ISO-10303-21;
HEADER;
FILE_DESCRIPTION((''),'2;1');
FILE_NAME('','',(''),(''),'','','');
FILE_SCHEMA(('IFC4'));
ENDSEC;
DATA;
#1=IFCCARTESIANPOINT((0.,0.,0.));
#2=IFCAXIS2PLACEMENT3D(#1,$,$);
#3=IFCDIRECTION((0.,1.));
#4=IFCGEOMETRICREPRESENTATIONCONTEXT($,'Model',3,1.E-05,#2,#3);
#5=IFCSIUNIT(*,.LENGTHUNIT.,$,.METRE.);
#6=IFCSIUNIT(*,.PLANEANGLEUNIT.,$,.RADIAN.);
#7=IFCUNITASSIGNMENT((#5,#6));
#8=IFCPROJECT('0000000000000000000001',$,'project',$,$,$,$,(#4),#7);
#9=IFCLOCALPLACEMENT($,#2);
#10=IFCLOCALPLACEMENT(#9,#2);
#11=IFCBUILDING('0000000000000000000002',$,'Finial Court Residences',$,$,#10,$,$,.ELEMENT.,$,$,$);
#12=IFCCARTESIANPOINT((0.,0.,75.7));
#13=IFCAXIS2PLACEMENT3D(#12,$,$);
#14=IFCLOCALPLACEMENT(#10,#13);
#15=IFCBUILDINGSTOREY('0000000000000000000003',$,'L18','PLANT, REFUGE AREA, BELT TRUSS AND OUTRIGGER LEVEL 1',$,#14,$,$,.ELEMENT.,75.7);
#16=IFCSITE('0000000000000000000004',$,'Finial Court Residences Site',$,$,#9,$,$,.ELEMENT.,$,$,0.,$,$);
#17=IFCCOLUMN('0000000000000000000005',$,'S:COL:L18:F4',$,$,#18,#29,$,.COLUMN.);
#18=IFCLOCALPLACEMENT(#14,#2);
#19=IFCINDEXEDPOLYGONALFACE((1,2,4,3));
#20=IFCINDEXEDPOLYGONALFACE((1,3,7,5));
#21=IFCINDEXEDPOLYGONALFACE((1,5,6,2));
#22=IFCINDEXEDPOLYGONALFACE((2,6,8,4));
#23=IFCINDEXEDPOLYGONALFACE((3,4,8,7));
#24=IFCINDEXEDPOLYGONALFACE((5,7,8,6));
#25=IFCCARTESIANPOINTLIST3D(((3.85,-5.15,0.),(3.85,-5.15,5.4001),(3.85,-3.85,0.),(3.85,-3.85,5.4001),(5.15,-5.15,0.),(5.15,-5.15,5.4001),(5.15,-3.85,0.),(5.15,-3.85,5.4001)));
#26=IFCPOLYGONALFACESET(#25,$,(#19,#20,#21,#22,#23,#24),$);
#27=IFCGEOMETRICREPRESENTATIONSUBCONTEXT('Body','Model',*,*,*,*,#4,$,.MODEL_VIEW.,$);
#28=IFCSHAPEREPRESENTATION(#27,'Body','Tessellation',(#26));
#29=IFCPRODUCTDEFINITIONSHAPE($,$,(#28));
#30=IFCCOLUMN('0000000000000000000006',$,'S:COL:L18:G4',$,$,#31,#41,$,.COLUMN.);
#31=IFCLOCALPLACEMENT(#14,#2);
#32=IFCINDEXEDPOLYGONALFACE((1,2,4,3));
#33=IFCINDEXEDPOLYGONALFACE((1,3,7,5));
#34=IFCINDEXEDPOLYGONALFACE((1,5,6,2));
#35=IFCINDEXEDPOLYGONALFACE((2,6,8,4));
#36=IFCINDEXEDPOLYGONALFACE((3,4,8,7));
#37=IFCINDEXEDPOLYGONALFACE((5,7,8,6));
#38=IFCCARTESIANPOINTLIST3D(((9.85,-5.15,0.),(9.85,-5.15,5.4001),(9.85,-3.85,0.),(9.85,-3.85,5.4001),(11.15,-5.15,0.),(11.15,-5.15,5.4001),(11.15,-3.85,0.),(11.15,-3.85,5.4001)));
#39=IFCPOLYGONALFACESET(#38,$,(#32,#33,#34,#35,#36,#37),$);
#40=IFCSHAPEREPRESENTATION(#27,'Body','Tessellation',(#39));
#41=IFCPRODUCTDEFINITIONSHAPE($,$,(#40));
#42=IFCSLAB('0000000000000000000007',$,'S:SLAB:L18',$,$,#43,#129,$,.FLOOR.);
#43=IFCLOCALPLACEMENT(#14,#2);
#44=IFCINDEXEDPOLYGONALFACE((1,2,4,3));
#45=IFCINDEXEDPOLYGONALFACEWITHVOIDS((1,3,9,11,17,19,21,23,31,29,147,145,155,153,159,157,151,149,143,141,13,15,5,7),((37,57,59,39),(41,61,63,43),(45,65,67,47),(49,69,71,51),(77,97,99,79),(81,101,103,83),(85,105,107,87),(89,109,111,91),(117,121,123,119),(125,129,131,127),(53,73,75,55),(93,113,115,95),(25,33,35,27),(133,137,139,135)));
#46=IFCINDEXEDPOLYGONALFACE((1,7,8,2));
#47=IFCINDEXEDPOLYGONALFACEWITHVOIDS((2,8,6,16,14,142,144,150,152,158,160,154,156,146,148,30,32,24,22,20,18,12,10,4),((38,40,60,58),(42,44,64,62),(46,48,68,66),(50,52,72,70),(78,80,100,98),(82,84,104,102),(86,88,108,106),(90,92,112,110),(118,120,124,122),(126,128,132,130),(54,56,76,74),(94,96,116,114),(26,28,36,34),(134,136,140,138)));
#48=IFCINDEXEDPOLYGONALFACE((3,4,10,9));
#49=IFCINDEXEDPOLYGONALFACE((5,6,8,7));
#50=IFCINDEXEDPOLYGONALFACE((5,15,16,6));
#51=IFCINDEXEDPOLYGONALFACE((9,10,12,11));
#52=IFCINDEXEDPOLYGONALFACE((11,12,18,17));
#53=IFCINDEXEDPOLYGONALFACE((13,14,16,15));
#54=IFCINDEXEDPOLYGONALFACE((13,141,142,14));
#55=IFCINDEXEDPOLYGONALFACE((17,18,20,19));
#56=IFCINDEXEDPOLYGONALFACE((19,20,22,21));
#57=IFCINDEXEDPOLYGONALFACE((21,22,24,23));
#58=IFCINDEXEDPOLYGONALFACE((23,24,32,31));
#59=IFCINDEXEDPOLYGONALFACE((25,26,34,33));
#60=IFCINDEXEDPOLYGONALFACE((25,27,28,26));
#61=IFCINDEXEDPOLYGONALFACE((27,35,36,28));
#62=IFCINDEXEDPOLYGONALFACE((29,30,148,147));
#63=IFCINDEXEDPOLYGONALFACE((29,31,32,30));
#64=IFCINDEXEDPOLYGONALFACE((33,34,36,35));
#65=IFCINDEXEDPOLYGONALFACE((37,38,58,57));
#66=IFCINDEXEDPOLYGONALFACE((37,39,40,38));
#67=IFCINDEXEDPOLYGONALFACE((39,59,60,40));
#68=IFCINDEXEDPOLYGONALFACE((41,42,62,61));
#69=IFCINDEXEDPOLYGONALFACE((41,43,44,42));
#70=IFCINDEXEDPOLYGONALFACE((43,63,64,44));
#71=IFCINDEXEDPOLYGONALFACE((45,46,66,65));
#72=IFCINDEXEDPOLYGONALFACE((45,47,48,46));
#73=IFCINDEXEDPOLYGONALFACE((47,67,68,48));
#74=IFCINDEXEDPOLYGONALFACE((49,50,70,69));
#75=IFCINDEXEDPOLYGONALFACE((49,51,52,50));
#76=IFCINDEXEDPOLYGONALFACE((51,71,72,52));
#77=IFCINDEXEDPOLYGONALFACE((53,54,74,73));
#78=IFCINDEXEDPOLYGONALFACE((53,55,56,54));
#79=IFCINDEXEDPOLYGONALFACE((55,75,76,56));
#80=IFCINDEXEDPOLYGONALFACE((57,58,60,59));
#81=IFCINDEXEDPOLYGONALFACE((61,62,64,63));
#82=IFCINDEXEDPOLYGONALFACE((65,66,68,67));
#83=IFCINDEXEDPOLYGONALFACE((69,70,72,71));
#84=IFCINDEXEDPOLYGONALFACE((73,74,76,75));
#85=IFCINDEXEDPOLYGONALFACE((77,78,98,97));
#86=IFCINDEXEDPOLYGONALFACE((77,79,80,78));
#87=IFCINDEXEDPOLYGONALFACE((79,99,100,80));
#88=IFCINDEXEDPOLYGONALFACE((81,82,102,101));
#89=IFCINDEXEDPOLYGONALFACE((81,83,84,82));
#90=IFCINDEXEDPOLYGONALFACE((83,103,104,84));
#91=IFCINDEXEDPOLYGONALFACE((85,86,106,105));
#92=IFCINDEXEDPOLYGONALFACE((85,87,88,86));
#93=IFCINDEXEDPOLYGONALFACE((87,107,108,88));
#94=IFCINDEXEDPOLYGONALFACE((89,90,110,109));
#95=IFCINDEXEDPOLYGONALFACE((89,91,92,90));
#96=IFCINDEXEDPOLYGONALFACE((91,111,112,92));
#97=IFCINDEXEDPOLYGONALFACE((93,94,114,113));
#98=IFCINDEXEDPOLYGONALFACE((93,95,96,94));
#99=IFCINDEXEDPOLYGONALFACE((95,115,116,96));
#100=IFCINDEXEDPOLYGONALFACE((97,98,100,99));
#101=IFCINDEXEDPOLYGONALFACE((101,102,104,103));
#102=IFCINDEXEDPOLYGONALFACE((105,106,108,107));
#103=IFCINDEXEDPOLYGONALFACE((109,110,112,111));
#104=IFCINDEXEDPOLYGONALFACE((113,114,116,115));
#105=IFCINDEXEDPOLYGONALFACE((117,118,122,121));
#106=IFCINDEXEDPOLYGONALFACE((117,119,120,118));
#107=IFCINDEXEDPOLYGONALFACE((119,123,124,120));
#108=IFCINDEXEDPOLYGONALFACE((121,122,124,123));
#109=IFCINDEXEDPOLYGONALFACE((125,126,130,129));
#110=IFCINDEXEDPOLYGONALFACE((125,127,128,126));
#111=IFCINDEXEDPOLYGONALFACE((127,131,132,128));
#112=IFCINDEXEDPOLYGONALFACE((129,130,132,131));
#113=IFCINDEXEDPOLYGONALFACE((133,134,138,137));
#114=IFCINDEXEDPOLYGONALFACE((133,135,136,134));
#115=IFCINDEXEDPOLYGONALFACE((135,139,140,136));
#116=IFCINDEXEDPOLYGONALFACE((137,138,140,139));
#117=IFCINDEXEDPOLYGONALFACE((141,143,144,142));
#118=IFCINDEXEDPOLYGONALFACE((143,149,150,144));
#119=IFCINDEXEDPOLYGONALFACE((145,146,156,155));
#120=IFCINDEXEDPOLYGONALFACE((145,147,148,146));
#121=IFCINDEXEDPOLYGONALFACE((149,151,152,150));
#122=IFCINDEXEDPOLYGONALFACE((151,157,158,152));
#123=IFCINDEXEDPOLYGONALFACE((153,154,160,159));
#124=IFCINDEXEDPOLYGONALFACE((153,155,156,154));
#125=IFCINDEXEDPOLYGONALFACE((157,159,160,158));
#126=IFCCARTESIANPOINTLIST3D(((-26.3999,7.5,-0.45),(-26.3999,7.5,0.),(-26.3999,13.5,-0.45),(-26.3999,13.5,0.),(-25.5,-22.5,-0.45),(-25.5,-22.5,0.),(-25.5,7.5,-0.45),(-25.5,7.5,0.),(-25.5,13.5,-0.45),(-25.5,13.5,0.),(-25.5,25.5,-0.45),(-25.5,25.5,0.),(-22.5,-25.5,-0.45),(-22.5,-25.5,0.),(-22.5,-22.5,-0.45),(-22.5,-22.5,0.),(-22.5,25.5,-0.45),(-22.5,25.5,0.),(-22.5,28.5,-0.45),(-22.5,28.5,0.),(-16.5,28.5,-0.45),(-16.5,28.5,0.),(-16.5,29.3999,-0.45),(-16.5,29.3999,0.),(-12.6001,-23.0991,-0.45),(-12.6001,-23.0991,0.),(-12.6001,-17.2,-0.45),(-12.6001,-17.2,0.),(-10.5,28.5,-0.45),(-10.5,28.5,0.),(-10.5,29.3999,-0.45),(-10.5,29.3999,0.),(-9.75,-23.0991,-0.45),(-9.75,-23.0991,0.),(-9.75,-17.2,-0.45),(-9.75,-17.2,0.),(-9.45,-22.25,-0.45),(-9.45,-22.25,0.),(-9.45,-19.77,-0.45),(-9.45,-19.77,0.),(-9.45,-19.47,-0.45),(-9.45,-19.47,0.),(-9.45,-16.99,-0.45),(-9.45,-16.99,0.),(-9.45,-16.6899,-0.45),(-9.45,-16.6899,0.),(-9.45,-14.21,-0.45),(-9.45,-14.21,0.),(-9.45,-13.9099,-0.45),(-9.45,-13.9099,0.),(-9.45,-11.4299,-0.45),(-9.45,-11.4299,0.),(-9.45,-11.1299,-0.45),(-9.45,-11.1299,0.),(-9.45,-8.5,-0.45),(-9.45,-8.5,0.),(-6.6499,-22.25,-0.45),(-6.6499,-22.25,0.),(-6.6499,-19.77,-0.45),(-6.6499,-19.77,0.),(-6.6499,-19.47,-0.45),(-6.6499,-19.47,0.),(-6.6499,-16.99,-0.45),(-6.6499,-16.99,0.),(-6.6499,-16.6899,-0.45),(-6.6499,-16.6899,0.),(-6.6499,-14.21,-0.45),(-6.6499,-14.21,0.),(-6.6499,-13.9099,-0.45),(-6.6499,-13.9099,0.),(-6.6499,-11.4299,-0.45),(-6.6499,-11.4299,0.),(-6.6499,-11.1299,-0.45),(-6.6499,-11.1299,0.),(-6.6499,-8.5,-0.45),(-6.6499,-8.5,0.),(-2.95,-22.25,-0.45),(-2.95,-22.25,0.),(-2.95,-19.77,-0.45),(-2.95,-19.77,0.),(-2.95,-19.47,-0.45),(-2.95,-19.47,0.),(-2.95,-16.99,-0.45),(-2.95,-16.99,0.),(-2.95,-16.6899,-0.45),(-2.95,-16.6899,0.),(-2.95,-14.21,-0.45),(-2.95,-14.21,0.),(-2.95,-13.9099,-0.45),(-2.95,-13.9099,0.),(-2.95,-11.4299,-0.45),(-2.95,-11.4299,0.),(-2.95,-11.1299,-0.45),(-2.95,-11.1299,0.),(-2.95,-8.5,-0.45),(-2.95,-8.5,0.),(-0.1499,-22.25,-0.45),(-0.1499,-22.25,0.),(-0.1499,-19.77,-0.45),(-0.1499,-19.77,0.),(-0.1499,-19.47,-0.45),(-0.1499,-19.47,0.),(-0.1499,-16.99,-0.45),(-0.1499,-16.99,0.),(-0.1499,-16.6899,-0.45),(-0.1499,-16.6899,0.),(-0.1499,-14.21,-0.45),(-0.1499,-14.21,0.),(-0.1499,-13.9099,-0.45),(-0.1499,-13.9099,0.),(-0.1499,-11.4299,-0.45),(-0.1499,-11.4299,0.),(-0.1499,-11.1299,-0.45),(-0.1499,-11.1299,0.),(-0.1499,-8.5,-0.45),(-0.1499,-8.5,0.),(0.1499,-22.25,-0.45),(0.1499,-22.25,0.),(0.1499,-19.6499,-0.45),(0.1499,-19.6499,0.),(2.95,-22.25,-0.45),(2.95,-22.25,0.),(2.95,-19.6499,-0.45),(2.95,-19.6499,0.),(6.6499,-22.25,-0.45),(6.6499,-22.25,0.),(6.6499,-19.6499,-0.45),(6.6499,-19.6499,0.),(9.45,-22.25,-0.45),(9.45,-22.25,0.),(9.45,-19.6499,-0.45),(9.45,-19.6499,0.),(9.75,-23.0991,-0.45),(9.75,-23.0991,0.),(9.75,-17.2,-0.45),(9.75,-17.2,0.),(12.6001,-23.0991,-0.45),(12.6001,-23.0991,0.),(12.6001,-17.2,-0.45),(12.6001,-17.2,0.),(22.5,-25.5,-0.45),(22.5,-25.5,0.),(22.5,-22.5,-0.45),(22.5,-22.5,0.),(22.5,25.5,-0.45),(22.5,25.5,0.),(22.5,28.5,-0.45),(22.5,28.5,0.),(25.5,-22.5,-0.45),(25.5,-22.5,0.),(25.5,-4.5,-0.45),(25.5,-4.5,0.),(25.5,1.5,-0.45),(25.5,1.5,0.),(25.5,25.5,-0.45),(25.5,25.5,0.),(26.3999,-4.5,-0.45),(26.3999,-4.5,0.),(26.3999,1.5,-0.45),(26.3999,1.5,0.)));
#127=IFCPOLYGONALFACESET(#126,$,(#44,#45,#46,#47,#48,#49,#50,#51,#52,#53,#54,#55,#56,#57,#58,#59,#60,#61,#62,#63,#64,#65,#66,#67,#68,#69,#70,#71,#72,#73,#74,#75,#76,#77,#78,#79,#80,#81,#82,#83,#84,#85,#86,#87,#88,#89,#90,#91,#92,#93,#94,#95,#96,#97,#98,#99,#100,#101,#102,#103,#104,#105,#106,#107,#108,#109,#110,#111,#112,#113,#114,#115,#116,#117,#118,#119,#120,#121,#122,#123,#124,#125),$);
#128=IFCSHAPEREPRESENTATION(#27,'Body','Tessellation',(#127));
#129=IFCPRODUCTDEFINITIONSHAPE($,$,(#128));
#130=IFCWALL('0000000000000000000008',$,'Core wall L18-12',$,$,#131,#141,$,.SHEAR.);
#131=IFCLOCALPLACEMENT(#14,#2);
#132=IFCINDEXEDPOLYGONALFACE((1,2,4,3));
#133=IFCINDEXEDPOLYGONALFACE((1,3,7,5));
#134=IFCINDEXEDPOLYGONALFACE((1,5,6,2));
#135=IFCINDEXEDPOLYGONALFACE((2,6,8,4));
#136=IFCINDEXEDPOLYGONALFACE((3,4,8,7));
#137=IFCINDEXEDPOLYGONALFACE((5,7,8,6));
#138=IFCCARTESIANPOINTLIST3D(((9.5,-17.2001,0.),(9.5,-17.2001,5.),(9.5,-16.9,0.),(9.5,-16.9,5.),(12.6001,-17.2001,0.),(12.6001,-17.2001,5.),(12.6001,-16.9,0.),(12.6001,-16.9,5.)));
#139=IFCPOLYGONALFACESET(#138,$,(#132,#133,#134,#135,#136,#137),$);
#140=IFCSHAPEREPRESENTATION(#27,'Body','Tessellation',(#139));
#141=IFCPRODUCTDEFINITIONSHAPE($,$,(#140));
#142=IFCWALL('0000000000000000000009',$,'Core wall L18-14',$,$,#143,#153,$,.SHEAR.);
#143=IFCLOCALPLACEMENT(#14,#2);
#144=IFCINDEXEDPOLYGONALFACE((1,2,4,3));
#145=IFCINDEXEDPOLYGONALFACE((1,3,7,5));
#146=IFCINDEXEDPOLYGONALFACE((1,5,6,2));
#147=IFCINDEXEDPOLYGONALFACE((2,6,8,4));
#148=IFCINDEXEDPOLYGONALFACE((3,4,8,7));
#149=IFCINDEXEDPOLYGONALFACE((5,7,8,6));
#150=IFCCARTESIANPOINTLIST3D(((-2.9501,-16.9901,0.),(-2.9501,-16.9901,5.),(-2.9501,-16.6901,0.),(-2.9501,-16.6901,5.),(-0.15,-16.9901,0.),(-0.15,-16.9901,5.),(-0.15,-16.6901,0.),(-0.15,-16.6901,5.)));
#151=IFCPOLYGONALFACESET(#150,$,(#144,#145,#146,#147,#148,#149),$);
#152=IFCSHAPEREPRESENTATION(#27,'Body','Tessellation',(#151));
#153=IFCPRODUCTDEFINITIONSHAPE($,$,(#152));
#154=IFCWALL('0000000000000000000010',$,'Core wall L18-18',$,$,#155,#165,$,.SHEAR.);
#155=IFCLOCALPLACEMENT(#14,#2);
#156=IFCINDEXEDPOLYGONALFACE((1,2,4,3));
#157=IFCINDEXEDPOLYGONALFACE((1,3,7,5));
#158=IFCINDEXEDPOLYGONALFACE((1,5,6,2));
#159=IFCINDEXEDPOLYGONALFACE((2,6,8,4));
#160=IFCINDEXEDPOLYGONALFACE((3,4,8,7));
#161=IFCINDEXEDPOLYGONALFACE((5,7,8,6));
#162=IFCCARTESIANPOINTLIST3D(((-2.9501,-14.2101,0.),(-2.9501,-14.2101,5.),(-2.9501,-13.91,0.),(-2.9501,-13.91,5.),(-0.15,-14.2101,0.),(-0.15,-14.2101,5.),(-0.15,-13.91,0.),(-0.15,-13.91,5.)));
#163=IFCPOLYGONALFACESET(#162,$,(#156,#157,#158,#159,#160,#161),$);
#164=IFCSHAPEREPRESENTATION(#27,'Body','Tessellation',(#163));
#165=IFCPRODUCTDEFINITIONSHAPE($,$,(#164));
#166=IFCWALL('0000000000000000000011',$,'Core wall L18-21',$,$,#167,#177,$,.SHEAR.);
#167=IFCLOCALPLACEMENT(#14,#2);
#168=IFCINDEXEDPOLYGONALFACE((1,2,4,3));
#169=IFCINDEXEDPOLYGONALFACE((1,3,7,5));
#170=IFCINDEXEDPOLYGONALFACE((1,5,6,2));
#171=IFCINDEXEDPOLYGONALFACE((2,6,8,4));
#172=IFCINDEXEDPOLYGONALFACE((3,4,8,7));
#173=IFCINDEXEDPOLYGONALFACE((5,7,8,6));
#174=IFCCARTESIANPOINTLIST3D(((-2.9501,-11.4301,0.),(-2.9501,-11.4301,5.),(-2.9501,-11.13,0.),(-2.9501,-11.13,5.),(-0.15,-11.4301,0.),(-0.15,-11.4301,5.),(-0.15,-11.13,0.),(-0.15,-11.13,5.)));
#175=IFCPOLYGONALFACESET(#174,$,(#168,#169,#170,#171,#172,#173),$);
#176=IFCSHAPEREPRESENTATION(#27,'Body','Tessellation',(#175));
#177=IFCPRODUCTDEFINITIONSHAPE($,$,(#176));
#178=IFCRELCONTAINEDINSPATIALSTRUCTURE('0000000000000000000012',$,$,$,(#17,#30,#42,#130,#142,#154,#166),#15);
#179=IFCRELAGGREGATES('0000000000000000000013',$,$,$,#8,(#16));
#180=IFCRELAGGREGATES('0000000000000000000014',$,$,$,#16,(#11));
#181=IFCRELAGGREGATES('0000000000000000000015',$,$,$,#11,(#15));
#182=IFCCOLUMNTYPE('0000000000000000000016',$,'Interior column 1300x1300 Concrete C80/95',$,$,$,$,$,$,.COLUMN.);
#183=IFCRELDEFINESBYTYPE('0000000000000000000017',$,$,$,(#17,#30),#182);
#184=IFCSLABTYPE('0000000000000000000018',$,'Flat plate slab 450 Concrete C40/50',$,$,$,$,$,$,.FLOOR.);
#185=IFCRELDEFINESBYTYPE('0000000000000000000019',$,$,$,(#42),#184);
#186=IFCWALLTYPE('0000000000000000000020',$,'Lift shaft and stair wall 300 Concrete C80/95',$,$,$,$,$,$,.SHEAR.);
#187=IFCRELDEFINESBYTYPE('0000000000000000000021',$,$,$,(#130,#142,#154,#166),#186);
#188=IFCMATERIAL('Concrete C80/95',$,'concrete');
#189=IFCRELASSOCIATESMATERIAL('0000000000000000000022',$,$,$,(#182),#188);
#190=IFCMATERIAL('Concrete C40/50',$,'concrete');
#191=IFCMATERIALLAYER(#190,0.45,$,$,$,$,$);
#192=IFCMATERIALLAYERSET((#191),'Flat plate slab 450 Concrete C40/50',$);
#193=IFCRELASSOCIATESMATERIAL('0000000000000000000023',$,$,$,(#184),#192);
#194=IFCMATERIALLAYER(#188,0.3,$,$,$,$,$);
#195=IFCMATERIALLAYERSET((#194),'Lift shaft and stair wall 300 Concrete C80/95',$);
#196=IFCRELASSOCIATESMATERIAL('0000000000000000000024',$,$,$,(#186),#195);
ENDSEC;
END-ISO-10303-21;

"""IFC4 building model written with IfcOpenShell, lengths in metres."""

from ifc_helpers import new_model, si_unit, direction, frame, frame_2d, origin, origin_2d, place, context, subcontext, project, spatial, polyline, rectangle, outline, extrude, material, layer, layer_set, material_profile, profile_set, type_object, element, save


model = new_model("IFC4")

# Units and contexts
model_context = context("Model", 3, precision=1e-05, world=origin(), true_north=direction((0.0, 1.0)))
body_context = subcontext(model_context, "Body", "Model", "MODEL_VIEW")
ifc_project = project(units=[si_unit("LENGTHUNIT", "METRE"), si_unit("PLANEANGLEUNIT", "RADIAN")], contexts=[model_context])

# Site, building, storey
site_placement = place(None, origin())
site = spatial("IfcSite", under=ifc_project, at=site_placement, Name="Finial Court Residences Site", CompositionType="ELEMENT", RefElevation=0.0)
building_placement = place(site_placement, origin())
building = spatial("IfcBuilding", under=site, at=building_placement, Name="Finial Court Residences", CompositionType="ELEMENT")
storey_placement = place(building_placement, frame((0.0, 0.0, 75.7)))
storey = spatial("IfcBuildingStorey", under=building, at=storey_placement, Name="L18", Description="PLANT, REFUGE AREA, BELT TRUSS AND OUTRIGGER LEVEL 1", CompositionType="ELEMENT", Elevation=75.7)

# Columns
ifc_material_1 = material(Name="Concrete C80/95", Category="concrete")
ifc_material_profile = material_profile(ifc_material_1, rectangle(XDim=1.3, YDim=1.3, at=origin_2d()), Name="1300x1300")
ifc_profile_set = profile_set([ifc_material_profile], Name="Concrete C80/95")
column_type = type_object("IfcColumnType", Name="Interior column 1300x1300 Concrete C80/95", PredefinedType="COLUMN", material=ifc_profile_set)
for number, where, z_axis, x_axis, name in (
    (1, (4.5, -4.5, 0.0), (0.0, 0.0, 1.0), (1.0, 0.0, 0.0), "S:COL:L18:F4"),
    (2, (10.5, -4.5, 0.0), (0.0, 0.0, 1.0), (1.0, 0.0, 0.0), "S:COL:L18:G4"),
):
    element("IfcColumn", number, at=place(storey_placement, frame(where, z_axis=z_axis, x_axis=x_axis)), inside=storey, type_object=column_type, Name=name, PredefinedType="COLUMN", context=body_context, shape_type="SweptSolid", body=[
        extrude(rectangle(XDim=1.3, YDim=1.3, at=origin_2d()), origin(), (0.0, 0.0, 1.0), 5.4001),
    ])

# Slab
ifc_material_2 = material(Name="Concrete C40/50", Category="concrete")
ifc_layer_1 = layer(ifc_material_2, 0.45)
ifc_layer_set_1 = layer_set([ifc_layer_1], Name="Flat plate slab 450 Concrete C40/50")
slab_type = type_object("IfcSlabType", Name="Flat plate slab 450 Concrete C40/50", PredefinedType="FLOOR", material=ifc_layer_set_1)
slab_placement = place(storey_placement, frame((0.0, 0.0, -0.45)))
element("IfcSlab", 3, at=slab_placement, inside=storey, type_object=slab_type, Name="S:SLAB:L18", PredefinedType="FLOOR", context=body_context, shape_type="SweptSolid", body=[
    extrude(outline(polyline([(25.5, -4.5), (25.5, -22.5), (22.5, -22.5), (22.5, -25.5), (-22.5, -25.5), (-22.5, -22.5), (-25.5, -22.5), (-25.5, 7.5), (-26.3999, 7.5), (-26.3999, 13.5), (-25.5, 13.5), (-25.5, 25.5), (-22.5, 25.5), (-22.5, 28.5), (-16.5, 28.5), (-16.5, 29.3999), (-10.5, 29.3999), (-10.5, 28.5), (22.5, 28.5), (22.5, 25.5), (25.5, 25.5), (25.5, 1.5), (26.3999, 1.5), (26.3999, -4.5), (25.5, -4.5)]), holes=[polyline([(-6.6499, -19.77), (-9.45, -19.77), (-9.45, -22.25), (-6.6499, -22.25), (-6.6499, -19.77)]), polyline([(-9.75, -17.2), (-12.6001, -17.2), (-12.6001, -23.0991), (-9.75, -23.0991), (-9.75, -17.2)]), polyline([(-6.6499, -19.47), (-6.6499, -16.99), (-9.45, -16.99), (-9.45, -19.47), (-6.6499, -19.47)]), polyline([(-6.6499, -16.6899), (-6.6499, -14.21), (-9.45, -14.21), (-9.45, -16.6899), (-6.6499, -16.6899)]), polyline([(-6.6499, -13.9099), (-6.6499, -11.4299), (-9.45, -11.4299), (-9.45, -13.9099), (-6.6499, -13.9099)]), polyline([(-6.6499, -11.1299), (-6.6499, -8.5), (-9.45, -8.5), (-9.45, -11.1299), (-6.6499, -11.1299)]), polyline([(-0.1499, -11.1299), (-0.1499, -8.5), (-2.95, -8.5), (-2.95, -11.1299), (-0.1499, -11.1299)]), polyline([(-0.1499, -19.77), (-2.95, -19.77), (-2.95, -22.25), (-0.1499, -22.25), (-0.1499, -19.77)]), polyline([(2.95, -22.25), (2.95, -19.6499), (0.1499, -19.6499), (0.1499, -22.25), (2.95, -22.25)]), polyline([(9.45, -22.25), (9.45, -19.6499), (6.6499, -19.6499), (6.6499, -22.25), (9.45, -22.25)]), polyline([(12.6001, -17.2), (9.75, -17.2), (9.75, -23.0991), (12.6001, -23.0991), (12.6001, -17.2)]), polyline([(-0.1499, -19.47), (-0.1499, -16.99), (-2.95, -16.99), (-2.95, -19.47), (-0.1499, -19.47)]), polyline([(-0.1499, -16.6899), (-0.1499, -14.21), (-2.95, -14.21), (-2.95, -16.6899), (-0.1499, -16.6899)]), polyline([(-0.1499, -13.9099), (-0.1499, -11.4299), (-2.95, -11.4299), (-2.95, -13.9099), (-0.1499, -13.9099)])]), origin(), (0.0, 0.0, 1.0), 0.45),
])

# Walls
ifc_layer_2 = layer(ifc_material_1, 0.3)
ifc_layer_set_2 = layer_set([ifc_layer_2], Name="Lift shaft and stair wall 300 Concrete C80/95")
wall_type_1 = type_object("IfcWallType", Name="Lift shaft and stair wall 300 Concrete C80/95", PredefinedType="SHEAR", material=ifc_layer_set_2)
wall_1_placement = place(storey_placement, frame((9.5, -17.05, 0.0), z_axis=(0.0, 0.0, 1.0), x_axis=(1.0, 0.0, 0.0)))
element("IfcWall", 4, at=wall_1_placement, inside=storey, type_object=wall_type_1, Name="Core wall L18-12", PredefinedType="SHEAR", context=body_context, shape_type="SweptSolid", body=[
    extrude(rectangle(XDim=3.1001, YDim=0.3, at=frame_2d((1.55, 0.0))), origin(), (0.0, 0.0, 1.0), 5.0),
])
for number, where, z_axis, x_axis, name in (
    (5, (-2.95, -16.8401, 0.0), (0.0, 0.0, 1.0), (1.0, 0.0, 0.0), "Core wall L18-14"),
    (6, (-2.95, -14.0601, 0.0), (0.0, 0.0, 1.0), (1.0, 0.0, 0.0), "Core wall L18-18"),
    (7, (-2.95, -11.28, 0.0), (0.0, 0.0, 1.0), (1.0, 0.0, 0.0), "Core wall L18-21"),
):
    element("IfcWall", number, at=place(storey_placement, frame(where, z_axis=z_axis, x_axis=x_axis)), inside=storey, type_object=wall_type_1, Name=name, PredefinedType="SHEAR", context=body_context, shape_type="SweptSolid", body=[
        extrude(rectangle(XDim=2.8, YDim=0.3, at=frame_2d((1.3999, 0.0))), origin(), (0.0, 0.0, 1.0), 5.0),
    ])

save(model, "model.ifc")
